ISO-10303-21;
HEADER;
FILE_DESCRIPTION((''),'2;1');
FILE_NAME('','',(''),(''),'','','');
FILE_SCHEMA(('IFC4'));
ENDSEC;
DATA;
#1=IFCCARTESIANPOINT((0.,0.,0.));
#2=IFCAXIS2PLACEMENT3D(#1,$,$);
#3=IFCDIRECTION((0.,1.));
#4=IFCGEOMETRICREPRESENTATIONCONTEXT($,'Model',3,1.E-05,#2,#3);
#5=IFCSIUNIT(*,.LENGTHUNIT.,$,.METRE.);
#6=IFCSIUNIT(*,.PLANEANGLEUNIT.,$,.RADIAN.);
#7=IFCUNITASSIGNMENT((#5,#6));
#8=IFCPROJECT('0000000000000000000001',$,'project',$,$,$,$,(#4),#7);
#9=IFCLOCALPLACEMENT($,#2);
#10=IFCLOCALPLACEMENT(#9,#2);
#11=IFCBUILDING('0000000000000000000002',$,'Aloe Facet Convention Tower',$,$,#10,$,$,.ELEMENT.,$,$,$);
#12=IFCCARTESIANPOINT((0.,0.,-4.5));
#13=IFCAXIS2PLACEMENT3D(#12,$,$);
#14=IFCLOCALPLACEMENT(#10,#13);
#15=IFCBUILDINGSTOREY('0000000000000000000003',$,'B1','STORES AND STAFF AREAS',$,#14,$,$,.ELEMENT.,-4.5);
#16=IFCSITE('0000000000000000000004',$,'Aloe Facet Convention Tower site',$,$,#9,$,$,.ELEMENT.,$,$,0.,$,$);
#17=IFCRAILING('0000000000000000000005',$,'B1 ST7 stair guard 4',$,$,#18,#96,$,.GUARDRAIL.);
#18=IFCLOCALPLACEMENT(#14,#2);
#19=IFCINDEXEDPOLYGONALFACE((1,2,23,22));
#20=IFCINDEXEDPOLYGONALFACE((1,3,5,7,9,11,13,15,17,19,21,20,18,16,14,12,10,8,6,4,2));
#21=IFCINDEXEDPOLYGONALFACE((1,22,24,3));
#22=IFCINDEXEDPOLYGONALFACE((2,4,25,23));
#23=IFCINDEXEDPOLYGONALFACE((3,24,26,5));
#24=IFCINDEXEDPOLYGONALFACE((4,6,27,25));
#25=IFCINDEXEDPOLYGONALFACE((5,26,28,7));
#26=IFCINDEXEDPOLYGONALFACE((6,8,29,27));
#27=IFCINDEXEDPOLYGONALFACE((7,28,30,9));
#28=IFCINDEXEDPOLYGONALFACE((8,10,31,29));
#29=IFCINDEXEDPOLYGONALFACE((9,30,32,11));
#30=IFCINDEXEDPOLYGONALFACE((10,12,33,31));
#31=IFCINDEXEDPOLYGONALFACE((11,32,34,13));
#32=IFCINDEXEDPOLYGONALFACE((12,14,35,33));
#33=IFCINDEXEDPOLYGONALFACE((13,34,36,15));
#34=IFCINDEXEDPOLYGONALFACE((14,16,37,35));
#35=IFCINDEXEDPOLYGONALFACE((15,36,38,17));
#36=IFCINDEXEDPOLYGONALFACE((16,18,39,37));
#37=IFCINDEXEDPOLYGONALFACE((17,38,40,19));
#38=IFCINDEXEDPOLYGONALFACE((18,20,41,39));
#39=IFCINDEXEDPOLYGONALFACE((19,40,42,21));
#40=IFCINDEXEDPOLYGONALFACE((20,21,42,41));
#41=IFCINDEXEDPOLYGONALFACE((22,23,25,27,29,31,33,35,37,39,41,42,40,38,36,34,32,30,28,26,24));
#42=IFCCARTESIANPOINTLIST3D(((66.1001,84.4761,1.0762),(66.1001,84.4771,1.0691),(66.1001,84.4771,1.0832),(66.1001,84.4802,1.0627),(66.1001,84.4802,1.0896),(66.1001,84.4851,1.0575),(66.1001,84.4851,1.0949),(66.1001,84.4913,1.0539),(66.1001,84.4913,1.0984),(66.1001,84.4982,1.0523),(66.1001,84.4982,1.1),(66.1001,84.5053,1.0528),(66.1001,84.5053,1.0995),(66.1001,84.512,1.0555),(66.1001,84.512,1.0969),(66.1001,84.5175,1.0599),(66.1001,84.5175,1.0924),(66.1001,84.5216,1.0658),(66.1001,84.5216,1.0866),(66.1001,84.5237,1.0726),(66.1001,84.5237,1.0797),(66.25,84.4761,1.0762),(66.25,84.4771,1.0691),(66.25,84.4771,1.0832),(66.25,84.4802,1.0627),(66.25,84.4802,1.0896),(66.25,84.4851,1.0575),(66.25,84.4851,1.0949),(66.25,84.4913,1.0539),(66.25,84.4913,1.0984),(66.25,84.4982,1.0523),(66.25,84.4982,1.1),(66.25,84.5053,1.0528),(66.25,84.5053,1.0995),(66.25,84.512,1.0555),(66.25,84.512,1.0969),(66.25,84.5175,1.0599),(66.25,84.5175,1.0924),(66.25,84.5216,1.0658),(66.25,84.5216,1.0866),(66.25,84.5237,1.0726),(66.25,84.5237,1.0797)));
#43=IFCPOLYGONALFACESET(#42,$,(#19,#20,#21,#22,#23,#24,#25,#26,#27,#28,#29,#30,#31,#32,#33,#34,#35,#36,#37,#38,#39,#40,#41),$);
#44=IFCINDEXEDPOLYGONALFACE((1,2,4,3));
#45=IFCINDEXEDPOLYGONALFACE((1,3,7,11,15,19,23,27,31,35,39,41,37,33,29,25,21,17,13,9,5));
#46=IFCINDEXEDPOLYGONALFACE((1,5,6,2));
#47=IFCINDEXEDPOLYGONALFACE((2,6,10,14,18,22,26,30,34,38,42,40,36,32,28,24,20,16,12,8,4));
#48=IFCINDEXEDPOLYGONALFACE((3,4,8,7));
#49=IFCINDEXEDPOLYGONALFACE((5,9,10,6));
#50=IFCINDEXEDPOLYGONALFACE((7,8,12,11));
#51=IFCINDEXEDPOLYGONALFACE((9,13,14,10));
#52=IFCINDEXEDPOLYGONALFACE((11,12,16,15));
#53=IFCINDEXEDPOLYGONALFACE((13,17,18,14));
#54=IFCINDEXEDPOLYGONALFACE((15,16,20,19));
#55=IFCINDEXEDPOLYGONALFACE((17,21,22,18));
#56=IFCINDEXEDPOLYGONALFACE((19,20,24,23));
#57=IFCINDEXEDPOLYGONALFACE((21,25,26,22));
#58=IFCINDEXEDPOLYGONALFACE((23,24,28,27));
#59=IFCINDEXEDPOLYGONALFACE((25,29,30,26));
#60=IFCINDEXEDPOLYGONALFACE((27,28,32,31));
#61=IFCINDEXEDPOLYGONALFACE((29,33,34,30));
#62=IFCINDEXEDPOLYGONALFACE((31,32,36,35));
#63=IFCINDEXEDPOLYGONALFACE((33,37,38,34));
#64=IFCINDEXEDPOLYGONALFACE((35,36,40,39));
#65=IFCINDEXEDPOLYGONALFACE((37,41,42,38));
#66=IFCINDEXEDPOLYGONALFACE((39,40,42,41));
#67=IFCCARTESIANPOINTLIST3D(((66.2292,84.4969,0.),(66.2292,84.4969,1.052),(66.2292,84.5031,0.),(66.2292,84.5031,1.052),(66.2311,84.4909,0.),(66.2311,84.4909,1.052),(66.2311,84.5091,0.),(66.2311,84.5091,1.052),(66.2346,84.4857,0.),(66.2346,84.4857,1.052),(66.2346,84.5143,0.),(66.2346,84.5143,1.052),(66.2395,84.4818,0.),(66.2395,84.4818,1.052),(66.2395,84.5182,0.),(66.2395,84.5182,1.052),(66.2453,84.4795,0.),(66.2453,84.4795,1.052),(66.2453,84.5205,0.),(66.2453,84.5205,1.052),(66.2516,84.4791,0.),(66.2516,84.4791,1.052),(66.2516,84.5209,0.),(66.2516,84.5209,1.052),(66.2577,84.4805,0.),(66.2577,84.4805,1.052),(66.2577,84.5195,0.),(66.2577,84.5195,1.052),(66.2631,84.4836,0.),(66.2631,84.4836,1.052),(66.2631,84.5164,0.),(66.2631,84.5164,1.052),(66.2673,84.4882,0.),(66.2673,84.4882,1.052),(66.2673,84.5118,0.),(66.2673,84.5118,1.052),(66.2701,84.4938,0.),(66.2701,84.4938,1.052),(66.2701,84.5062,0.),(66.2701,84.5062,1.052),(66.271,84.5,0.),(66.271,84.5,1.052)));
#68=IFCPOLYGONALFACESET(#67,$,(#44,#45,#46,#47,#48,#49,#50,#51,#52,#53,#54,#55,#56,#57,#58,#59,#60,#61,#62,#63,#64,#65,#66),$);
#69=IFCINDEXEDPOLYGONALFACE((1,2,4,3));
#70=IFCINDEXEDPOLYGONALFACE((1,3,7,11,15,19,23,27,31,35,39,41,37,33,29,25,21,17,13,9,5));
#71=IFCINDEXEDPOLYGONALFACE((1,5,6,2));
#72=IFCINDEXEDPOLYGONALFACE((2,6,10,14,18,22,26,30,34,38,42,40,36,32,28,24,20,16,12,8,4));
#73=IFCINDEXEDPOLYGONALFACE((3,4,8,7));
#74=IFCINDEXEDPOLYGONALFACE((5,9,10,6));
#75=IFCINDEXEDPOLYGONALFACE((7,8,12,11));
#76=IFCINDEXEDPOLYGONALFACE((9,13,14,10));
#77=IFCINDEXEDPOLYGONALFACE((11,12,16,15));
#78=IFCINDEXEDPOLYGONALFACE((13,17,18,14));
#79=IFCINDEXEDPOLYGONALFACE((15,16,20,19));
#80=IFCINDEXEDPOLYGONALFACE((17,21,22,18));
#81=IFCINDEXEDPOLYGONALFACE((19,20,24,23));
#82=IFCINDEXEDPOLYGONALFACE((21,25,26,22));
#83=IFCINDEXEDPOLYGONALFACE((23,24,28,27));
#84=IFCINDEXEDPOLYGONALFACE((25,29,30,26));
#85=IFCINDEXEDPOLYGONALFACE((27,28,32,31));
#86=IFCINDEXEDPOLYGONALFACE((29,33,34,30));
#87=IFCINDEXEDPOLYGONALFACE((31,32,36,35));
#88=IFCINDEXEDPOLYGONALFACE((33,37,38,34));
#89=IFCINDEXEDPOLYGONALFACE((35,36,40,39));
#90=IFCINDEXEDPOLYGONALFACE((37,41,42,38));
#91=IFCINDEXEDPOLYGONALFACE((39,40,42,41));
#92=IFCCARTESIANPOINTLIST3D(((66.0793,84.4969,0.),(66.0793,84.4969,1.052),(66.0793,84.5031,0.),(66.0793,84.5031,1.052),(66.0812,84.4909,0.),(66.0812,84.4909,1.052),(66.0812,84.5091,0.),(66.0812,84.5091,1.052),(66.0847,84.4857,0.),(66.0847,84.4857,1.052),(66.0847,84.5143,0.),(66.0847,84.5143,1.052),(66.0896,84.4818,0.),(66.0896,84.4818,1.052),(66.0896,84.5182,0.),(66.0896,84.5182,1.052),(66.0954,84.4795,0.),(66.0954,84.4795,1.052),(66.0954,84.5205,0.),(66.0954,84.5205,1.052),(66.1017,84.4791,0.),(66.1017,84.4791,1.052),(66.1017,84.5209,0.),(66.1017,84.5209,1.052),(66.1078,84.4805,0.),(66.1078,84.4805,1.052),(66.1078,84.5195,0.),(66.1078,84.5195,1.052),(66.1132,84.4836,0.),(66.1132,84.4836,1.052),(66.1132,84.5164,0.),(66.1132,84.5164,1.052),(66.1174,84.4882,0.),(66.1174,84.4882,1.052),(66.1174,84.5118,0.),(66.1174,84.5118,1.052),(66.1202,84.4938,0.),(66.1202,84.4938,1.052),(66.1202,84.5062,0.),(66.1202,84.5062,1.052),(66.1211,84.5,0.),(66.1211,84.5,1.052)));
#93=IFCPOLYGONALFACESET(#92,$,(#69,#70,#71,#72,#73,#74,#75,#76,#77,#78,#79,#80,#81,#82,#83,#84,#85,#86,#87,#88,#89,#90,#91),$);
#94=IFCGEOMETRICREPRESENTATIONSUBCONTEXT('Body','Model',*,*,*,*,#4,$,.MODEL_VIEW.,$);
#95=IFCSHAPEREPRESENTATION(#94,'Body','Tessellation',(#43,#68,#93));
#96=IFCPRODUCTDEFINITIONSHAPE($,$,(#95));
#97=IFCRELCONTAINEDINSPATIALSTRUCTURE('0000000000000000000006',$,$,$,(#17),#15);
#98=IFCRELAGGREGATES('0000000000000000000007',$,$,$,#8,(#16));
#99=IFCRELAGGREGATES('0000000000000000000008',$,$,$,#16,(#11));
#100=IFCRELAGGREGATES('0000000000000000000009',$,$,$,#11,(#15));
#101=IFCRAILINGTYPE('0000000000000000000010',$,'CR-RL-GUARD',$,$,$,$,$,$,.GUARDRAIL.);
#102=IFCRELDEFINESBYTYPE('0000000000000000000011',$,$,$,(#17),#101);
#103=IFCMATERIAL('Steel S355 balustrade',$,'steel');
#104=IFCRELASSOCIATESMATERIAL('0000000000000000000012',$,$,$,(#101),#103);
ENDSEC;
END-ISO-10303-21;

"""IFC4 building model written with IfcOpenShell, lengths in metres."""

from ifc_helpers import new_model, si_unit, direction, frame, origin, origin_2d, place, context, subcontext, project, spatial, circle, extrude, material, type_object, element, save


model = new_model("IFC4")

# Units and contexts
model_context = context("Model", 3, precision=1e-05, world=origin(), true_north=direction((0.0, 1.0)))
body_context = subcontext(model_context, "Body", "Model", "MODEL_VIEW")
ifc_project = project(units=[si_unit("LENGTHUNIT", "METRE"), si_unit("PLANEANGLEUNIT", "RADIAN")], contexts=[model_context])

# Site, building, storey
site_placement = place(None, origin())
site = spatial("IfcSite", under=ifc_project, at=site_placement, Name="Aloe Facet Convention Tower site", CompositionType="ELEMENT", RefElevation=0.0)
building_placement = place(site_placement, origin())
building = spatial("IfcBuilding", under=site, at=building_placement, Name="Aloe Facet Convention Tower", CompositionType="ELEMENT")
storey_placement = place(building_placement, frame((0.0, 0.0, -4.5)))
storey = spatial("IfcBuildingStorey", under=building, at=storey_placement, Name="B1", Description="STORES AND STAFF AREAS", CompositionType="ELEMENT", Elevation=-4.5)

# Railing
ifc_material_1 = material(Name="Steel S355 balustrade", Category="steel")
railing_type_1 = type_object("IfcRailingType", Name="CR-RL-GUARD", PredefinedType="GUARDRAIL", material=ifc_material_1)
railing_1_placement = place(storey_placement, frame((66.25, 84.5, 0.0)))
element("IfcRailing", 1, at=railing_1_placement, inside=storey, type_object=railing_type_1, Name="B1 ST7 stair guard 4", PredefinedType="GUARDRAIL", context=body_context, shape_type="SweptSolid", body=[
    extrude(circle(Radius=0.0239, at=origin_2d()), frame((0.0, 0.0, 1.0762), z_axis=(-1.0, 0.0, 0.0), x_axis=(0.0, -1.0, 0.0)), (0.0, 0.0, 1.0), 0.1499),
    extrude(circle(Radius=0.021, at=origin_2d()), origin(), (0.0, 0.0, 1.0), 1.052),
    extrude(circle(Radius=0.021, at=origin_2d()), frame((-0.1499, 0.0, 0.0)), (0.0, 0.0, 1.0), 1.052),
])

save(model, "model.ifc")
